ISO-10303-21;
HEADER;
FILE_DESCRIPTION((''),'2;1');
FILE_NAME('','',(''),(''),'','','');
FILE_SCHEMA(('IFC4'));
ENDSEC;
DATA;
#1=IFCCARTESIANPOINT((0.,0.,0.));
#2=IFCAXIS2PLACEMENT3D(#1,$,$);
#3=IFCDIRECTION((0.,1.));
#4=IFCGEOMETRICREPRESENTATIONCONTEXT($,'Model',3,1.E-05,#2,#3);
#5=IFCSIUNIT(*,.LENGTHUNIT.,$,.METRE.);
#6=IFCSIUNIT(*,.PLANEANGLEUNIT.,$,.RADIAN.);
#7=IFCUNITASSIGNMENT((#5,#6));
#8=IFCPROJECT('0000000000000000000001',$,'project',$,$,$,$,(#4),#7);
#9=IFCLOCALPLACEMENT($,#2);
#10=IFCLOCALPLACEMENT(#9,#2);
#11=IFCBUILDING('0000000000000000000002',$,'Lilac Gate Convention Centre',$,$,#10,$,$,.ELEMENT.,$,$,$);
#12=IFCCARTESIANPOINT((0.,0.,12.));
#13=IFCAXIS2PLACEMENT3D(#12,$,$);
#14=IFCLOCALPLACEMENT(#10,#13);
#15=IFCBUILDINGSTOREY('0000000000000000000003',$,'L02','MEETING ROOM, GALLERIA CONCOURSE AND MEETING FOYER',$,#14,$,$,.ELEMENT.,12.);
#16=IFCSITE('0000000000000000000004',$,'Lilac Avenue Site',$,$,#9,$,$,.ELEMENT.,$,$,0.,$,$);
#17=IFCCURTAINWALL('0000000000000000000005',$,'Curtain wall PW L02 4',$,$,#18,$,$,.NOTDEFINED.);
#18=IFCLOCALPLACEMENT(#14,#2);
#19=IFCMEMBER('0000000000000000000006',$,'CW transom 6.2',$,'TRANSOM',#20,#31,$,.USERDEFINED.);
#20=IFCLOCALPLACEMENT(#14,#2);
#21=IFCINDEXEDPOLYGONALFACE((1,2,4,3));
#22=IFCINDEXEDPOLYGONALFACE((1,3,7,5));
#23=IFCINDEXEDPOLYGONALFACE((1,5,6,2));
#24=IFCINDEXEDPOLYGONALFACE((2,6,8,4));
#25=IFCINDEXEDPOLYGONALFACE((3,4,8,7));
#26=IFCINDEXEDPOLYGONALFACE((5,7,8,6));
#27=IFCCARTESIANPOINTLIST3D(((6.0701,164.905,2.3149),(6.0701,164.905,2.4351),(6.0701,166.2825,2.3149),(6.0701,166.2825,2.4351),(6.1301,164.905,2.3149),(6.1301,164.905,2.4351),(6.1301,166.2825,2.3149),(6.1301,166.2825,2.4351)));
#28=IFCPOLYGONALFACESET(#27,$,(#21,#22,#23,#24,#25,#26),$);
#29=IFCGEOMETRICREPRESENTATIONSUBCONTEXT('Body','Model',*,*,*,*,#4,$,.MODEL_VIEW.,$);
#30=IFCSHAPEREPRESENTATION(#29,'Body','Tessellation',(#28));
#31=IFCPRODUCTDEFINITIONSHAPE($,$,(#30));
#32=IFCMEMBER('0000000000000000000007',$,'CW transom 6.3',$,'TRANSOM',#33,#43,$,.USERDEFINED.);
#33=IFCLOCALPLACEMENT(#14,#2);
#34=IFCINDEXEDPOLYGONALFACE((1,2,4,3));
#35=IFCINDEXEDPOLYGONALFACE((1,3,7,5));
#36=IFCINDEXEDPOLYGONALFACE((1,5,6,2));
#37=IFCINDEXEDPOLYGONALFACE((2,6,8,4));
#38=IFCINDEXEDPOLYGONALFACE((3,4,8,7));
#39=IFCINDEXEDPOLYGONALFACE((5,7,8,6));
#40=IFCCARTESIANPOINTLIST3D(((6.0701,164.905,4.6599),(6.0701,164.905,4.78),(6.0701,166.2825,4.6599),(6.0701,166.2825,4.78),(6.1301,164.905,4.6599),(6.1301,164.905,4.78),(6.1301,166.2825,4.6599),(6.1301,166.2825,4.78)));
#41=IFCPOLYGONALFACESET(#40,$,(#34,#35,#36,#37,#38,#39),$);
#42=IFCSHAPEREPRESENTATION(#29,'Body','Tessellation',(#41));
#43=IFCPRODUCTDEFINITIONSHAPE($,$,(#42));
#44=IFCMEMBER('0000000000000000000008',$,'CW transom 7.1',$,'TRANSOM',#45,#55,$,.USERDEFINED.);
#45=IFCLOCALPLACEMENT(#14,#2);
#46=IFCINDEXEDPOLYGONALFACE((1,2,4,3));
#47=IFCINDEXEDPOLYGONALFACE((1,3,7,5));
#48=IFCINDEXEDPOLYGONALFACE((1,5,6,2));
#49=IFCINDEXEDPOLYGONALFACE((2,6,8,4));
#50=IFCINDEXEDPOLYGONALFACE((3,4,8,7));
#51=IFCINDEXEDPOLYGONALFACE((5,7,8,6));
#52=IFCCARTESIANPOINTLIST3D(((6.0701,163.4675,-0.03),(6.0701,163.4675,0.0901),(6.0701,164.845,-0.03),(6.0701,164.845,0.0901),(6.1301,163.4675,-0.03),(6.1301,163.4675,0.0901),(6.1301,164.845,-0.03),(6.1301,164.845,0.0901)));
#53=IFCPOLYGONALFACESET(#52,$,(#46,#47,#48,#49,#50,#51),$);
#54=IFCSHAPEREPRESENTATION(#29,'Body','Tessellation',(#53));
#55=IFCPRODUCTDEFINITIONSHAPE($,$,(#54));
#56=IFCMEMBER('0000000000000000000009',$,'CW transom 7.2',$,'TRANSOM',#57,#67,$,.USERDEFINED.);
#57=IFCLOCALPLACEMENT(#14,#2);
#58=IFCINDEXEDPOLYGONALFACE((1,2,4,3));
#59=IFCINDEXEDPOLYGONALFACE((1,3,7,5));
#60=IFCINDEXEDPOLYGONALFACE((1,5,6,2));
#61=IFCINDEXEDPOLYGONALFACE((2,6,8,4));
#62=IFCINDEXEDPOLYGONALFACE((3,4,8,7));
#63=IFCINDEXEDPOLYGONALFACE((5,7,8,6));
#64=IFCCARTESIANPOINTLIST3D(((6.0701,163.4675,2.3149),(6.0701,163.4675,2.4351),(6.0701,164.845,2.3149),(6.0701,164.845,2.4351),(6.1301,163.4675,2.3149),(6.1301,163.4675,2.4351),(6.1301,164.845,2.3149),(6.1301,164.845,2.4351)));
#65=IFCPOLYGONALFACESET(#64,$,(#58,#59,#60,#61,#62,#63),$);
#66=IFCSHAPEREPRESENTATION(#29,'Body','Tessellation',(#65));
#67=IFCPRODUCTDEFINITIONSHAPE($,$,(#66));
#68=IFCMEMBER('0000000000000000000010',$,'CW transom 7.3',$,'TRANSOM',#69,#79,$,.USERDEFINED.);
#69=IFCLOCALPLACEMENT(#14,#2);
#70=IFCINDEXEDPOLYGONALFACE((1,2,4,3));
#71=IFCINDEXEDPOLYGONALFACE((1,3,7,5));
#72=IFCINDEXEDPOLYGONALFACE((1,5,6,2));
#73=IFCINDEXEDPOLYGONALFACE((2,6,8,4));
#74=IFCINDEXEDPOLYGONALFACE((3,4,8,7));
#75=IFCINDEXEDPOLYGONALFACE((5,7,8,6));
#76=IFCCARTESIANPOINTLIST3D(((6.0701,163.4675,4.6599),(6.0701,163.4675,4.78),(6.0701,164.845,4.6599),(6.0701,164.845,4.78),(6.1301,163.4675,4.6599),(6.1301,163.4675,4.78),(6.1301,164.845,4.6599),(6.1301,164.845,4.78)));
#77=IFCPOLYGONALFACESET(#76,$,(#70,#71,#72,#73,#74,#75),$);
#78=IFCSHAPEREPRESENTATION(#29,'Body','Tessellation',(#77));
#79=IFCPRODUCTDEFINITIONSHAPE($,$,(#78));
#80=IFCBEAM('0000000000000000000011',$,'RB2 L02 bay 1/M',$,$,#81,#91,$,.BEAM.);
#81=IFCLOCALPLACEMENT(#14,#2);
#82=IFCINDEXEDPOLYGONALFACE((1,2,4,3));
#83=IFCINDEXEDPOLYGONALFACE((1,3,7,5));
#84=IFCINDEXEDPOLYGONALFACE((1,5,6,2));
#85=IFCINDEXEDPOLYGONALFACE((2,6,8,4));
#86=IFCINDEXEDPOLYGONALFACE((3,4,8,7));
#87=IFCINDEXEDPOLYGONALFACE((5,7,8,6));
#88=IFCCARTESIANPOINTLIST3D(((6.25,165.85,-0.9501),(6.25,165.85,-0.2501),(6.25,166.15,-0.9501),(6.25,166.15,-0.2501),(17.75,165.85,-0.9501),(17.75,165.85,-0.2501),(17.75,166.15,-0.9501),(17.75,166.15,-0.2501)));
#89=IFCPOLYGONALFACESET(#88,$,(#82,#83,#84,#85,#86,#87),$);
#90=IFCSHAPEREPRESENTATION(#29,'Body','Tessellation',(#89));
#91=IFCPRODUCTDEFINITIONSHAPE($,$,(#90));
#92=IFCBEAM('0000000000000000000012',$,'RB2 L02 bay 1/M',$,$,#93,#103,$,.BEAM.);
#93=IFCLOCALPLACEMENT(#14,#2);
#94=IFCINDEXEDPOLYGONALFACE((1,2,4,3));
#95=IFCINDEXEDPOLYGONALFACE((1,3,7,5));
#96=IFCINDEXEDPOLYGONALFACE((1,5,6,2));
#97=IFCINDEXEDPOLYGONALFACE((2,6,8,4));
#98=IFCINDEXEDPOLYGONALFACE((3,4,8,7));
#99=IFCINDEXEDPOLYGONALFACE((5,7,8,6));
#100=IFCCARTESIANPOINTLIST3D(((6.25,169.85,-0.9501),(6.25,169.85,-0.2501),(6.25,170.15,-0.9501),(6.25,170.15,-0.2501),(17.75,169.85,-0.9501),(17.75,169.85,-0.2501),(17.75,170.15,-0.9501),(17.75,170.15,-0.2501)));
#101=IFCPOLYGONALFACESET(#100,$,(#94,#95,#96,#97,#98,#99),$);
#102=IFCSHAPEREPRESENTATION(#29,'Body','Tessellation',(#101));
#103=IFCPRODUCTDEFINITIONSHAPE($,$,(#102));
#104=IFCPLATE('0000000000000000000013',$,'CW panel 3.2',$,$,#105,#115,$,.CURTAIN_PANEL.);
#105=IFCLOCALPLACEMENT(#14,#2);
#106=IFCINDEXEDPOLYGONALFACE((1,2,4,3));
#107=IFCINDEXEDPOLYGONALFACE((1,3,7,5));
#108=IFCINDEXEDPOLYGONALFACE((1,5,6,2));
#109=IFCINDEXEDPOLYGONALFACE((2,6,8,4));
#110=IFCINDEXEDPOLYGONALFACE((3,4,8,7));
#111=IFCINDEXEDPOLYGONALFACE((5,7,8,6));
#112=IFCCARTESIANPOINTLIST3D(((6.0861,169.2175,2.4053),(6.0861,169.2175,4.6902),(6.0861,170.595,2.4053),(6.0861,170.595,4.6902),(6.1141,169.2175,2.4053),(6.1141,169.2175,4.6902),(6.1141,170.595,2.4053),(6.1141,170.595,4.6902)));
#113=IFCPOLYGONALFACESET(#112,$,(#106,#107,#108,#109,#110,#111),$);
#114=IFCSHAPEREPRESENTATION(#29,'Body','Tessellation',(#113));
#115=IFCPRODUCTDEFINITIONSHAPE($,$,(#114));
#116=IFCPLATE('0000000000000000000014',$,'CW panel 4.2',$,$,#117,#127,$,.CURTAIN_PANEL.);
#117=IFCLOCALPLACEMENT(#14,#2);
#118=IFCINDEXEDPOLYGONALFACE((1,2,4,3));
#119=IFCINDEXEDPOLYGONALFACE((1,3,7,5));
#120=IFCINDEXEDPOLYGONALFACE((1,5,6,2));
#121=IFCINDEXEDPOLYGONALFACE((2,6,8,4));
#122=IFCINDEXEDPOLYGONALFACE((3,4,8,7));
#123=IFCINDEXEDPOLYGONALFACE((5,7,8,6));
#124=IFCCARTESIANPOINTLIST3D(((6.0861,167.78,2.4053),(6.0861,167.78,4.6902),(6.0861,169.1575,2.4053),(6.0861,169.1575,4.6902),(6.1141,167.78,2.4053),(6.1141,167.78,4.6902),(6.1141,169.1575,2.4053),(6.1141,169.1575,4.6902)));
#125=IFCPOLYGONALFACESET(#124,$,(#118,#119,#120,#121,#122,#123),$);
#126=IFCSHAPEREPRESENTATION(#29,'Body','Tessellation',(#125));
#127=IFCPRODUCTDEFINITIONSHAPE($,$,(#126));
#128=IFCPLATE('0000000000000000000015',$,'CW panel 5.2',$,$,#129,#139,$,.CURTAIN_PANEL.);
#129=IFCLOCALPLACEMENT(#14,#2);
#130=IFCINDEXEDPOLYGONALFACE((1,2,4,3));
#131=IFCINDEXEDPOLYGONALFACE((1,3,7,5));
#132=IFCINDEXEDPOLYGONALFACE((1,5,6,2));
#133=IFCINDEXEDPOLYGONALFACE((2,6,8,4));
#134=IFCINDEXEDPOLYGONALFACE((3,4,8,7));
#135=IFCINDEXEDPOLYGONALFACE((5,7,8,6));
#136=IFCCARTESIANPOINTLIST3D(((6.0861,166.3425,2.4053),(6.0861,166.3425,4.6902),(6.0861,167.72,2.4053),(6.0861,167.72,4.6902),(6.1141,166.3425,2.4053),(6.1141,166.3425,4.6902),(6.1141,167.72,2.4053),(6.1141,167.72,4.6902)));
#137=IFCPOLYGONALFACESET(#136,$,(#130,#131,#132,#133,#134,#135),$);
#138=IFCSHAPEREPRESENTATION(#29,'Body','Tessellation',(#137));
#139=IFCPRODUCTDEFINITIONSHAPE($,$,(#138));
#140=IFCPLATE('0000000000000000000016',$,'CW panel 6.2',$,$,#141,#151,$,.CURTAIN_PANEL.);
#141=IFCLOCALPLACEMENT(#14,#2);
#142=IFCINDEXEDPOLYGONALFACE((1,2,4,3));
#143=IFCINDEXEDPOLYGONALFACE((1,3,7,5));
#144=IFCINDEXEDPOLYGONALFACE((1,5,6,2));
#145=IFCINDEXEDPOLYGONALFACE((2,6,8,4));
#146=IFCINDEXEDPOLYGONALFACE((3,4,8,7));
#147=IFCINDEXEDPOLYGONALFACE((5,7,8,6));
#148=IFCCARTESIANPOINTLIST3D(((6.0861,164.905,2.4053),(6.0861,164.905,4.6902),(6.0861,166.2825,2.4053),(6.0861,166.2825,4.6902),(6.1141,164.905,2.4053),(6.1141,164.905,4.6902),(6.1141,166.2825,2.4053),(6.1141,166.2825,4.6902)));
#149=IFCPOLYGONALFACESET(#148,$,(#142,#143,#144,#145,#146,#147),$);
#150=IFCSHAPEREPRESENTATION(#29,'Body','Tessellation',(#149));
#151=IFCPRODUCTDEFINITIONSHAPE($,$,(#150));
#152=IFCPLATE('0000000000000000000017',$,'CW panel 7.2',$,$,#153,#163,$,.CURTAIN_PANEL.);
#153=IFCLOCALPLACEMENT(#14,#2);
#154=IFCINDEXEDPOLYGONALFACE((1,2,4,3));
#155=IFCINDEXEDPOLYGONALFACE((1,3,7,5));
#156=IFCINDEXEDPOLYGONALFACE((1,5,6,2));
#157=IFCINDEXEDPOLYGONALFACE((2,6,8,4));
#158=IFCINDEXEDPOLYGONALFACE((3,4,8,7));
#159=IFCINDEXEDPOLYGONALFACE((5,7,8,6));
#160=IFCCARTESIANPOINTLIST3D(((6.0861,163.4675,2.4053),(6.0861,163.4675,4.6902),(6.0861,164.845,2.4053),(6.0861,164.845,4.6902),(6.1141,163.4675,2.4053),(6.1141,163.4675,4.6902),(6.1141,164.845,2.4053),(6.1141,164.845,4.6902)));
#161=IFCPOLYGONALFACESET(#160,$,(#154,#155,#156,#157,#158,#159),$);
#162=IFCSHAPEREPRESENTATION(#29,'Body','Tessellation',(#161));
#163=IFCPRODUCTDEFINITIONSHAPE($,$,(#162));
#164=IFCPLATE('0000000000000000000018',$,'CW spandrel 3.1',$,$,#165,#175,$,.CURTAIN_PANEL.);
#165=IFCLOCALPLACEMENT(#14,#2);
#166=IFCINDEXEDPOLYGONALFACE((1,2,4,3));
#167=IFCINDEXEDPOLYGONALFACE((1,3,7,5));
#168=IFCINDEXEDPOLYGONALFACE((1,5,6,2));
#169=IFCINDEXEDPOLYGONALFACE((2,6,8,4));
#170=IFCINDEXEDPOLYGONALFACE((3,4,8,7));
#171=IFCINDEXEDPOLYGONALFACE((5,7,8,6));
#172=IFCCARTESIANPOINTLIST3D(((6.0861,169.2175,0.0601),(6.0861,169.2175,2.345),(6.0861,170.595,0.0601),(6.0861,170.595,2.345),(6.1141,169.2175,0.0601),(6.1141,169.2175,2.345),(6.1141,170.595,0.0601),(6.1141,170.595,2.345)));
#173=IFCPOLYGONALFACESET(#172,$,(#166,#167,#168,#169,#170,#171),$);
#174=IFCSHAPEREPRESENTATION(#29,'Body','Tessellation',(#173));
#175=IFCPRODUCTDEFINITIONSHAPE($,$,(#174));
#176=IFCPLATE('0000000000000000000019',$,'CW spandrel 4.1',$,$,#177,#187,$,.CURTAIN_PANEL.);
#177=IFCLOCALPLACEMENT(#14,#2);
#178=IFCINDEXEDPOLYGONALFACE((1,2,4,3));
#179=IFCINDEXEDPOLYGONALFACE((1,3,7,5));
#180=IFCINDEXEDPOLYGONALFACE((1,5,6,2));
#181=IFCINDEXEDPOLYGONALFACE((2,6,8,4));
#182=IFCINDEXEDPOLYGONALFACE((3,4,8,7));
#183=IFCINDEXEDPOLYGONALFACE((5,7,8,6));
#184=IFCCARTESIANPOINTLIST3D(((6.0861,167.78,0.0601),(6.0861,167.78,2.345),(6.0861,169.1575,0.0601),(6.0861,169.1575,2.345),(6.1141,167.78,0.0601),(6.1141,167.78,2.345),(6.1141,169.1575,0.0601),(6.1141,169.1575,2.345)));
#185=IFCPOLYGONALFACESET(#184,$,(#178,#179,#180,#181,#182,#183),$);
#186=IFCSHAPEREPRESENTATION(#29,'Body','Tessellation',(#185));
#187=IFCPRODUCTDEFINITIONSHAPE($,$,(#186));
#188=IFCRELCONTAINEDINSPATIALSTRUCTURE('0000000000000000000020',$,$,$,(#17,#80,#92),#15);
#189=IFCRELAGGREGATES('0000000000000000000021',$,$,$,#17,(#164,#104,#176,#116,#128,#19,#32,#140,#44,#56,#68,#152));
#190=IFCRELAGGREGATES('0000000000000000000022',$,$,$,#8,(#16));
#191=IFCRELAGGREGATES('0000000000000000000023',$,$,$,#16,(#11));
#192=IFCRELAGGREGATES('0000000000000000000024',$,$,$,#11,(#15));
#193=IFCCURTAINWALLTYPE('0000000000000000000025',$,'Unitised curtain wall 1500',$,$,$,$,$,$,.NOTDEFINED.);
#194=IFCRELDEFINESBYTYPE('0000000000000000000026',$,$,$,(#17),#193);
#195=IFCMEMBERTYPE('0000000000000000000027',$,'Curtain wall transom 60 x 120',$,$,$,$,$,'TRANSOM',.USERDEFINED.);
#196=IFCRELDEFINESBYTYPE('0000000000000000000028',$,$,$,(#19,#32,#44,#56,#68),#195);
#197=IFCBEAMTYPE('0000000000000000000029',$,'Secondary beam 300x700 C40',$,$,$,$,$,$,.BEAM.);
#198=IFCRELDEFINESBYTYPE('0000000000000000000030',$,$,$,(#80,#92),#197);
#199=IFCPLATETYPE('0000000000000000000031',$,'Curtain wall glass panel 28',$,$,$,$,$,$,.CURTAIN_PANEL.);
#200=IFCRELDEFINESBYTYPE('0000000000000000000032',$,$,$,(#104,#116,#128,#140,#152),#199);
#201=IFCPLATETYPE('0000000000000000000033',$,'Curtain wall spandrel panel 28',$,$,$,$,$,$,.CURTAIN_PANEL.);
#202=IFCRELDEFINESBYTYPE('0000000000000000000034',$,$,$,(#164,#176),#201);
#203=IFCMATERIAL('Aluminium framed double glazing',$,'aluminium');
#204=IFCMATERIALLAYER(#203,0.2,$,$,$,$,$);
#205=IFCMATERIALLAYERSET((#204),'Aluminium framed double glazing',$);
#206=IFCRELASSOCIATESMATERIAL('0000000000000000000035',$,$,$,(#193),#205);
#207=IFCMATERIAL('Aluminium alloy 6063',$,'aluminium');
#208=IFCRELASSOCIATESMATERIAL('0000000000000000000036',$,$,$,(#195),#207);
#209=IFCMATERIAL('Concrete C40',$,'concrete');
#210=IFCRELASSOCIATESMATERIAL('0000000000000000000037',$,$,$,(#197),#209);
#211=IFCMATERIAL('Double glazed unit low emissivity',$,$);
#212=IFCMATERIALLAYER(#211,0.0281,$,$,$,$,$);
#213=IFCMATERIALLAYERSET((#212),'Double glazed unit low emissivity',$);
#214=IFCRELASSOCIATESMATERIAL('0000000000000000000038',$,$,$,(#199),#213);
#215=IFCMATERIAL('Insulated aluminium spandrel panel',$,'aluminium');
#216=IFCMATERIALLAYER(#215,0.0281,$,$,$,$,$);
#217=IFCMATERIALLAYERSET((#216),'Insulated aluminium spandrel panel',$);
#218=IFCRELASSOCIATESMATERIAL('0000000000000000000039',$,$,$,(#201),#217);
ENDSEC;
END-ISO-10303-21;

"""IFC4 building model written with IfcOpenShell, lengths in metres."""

from ifc_helpers import new_model, si_unit, direction, frame, origin, origin_2d, place, context, subcontext, project, spatial, rectangle, extrude, material, layer, layer_set, material_profile, profile_set, type_object, element, aggregate, save


model = new_model("IFC4")

# Units and contexts
model_context = context("Model", 3, precision=1e-05, world=origin(), true_north=direction((0.0, 1.0)))
body_context = subcontext(model_context, "Body", "Model", "MODEL_VIEW")
ifc_project = project(units=[si_unit("LENGTHUNIT", "METRE"), si_unit("PLANEANGLEUNIT", "RADIAN")], contexts=[model_context])

# Site, building, storey
site_placement = place(None, origin())
site = spatial("IfcSite", under=ifc_project, at=site_placement, Name="Lilac Avenue Site", CompositionType="ELEMENT", RefElevation=0.0)
building_placement = place(site_placement, origin())
building = spatial("IfcBuilding", under=site, at=building_placement, Name="Lilac Gate Convention Centre", CompositionType="ELEMENT")
storey_placement = place(building_placement, frame((0.0, 0.0, 12.0)))
storey = spatial("IfcBuildingStorey", under=building, at=storey_placement, Name="L02", Description="MEETING ROOM, GALLERIA CONCOURSE AND MEETING FOYER", CompositionType="ELEMENT", Elevation=12.0)

# Curtain wall, members
ifc_material_1 = material(Name="Aluminium framed double glazing", Category="aluminium")
ifc_layer_1 = layer(ifc_material_1, 0.2)
ifc_layer_set_1 = layer_set([ifc_layer_1], Name="Aluminium framed double glazing")
curtain_wall_type = type_object("IfcCurtainWallType", Name="Unitised curtain wall 1500", PredefinedType="NOTDEFINED", material=ifc_layer_set_1)
curtain_wall_placement = place(storey_placement, origin())
curtain_wall = element("IfcCurtainWall", 1, at=curtain_wall_placement, inside=storey, type_object=curtain_wall_type, Name="Curtain wall PW L02 4", PredefinedType="NOTDEFINED")
ifc_material_2 = material(Name="Aluminium alloy 6063", Category="aluminium")
ifc_material_profile_1 = material_profile(ifc_material_2, rectangle(XDim=0.0601, YDim=0.1201, at=origin_2d()), Name="Curtain wall transom 60 x 120")
ifc_profile_set_1 = profile_set([ifc_material_profile_1], Name="Aluminium alloy 6063")
member_type_1 = type_object("IfcMemberType", Name="Curtain wall transom 60 x 120", ElementType="TRANSOM", PredefinedType="USERDEFINED", material=ifc_profile_set_1)
member_1_placement = place(storey_placement, frame((6.1001, 166.2825, 2.375), z_axis=(0.0, -1.0, 0.0), x_axis=(1.0, 0.0, 0.0)))
member_1 = element("IfcMember", 2, at=member_1_placement, type_object=member_type_1, Name="CW transom 6.2", ObjectType="TRANSOM", PredefinedType="USERDEFINED", context=body_context, shape_type="SweptSolid", body=[
    extrude(rectangle(XDim=0.0601, YDim=0.1201, at=origin_2d()), origin(), (0.0, 0.0, 1.0), 1.3774),
])
member_2_placement = place(storey_placement, frame((6.1001, 166.2825, 4.72), z_axis=(0.0, -1.0, 0.0), x_axis=(1.0, 0.0, 0.0)))
member_2 = element("IfcMember", 3, at=member_2_placement, type_object=member_type_1, Name="CW transom 6.3", ObjectType="TRANSOM", PredefinedType="USERDEFINED", context=body_context, shape_type="SweptSolid", body=[
    extrude(rectangle(XDim=0.0601, YDim=0.1201, at=origin_2d()), origin(), (0.0, 0.0, 1.0), 1.3774),
])
member_3_placement = place(storey_placement, frame((6.1001, 164.845, 0.03), z_axis=(0.0, -1.0, 0.0), x_axis=(1.0, 0.0, 0.0)))
member_3 = element("IfcMember", 4, at=member_3_placement, type_object=member_type_1, Name="CW transom 7.1", ObjectType="TRANSOM", PredefinedType="USERDEFINED", context=body_context, shape_type="SweptSolid", body=[
    extrude(rectangle(XDim=0.0601, YDim=0.1201, at=origin_2d()), origin(), (0.0, 0.0, 1.0), 1.3774),
])
member_4_placement = place(storey_placement, frame((6.1001, 164.845, 2.375), z_axis=(0.0, -1.0, 0.0), x_axis=(1.0, 0.0, 0.0)))
member_4 = element("IfcMember", 5, at=member_4_placement, type_object=member_type_1, Name="CW transom 7.2", ObjectType="TRANSOM", PredefinedType="USERDEFINED", context=body_context, shape_type="SweptSolid", body=[
    extrude(rectangle(XDim=0.0601, YDim=0.1201, at=origin_2d()), origin(), (0.0, 0.0, 1.0), 1.3774),
])
member_5_placement = place(storey_placement, frame((6.1001, 164.845, 4.72), z_axis=(0.0, -1.0, 0.0), x_axis=(1.0, 0.0, 0.0)))
member_5 = element("IfcMember", 6, at=member_5_placement, type_object=member_type_1, Name="CW transom 7.3", ObjectType="TRANSOM", PredefinedType="USERDEFINED", context=body_context, shape_type="SweptSolid", body=[
    extrude(rectangle(XDim=0.0601, YDim=0.1201, at=origin_2d()), origin(), (0.0, 0.0, 1.0), 1.3774),
])

# Beams
ifc_material_3 = material(Name="Concrete C40", Category="concrete")
ifc_material_profile_2 = material_profile(ifc_material_3, rectangle(XDim=0.3, YDim=0.7, at=origin_2d()), Name="RC 300x700")
ifc_profile_set_2 = profile_set([ifc_material_profile_2], Name="Concrete C40")
beam_type = type_object("IfcBeamType", Name="Secondary beam 300x700 C40", PredefinedType="BEAM", material=ifc_profile_set_2)
for number, where, z_axis, x_axis, name in (
    (7, (6.25, 166.0, -0.6001), (1.0, 0.0, 0.0), (0.0, 1.0, 0.0), "RB2 L02 bay 1/M"),
    (8, (6.25, 170.0, -0.6001), (1.0, 0.0, 0.0), (0.0, 1.0, 0.0), "RB2 L02 bay 1/M"),
):
    element("IfcBeam", number, at=place(storey_placement, frame(where, z_axis=z_axis, x_axis=x_axis)), inside=storey, type_object=beam_type, Name=name, PredefinedType="BEAM", context=body_context, shape_type="SweptSolid", body=[
        extrude(rectangle(XDim=0.3, YDim=0.7, at=origin_2d()), origin(), (0.0, 0.0, 1.0), 11.5),
    ])

# Plates
ifc_material_4 = material(Name="Double glazed unit low emissivity")
ifc_layer_2 = layer(ifc_material_4, 0.0281)
ifc_layer_set_2 = layer_set([ifc_layer_2], Name="Double glazed unit low emissivity")
plate_type_1 = type_object("IfcPlateType", Name="Curtain wall glass panel 28", PredefinedType="CURTAIN_PANEL", material=ifc_layer_set_2)
plate_1_placement = place(storey_placement, frame((6.1001, 169.9062, 2.4053), z_axis=(0.0, 0.0, 1.0), x_axis=(0.0, -1.0, 0.0)))
plate_1 = element("IfcPlate", 9, at=plate_1_placement, type_object=plate_type_1, Name="CW panel 3.2", PredefinedType="CURTAIN_PANEL", context=body_context, shape_type="SweptSolid", body=[
    extrude(rectangle(XDim=1.3774, YDim=0.0281, at=origin_2d()), origin(), (0.0, 0.0, 1.0), 2.2849),
])
plate_2_placement = place(storey_placement, frame((6.1001, 168.4688, 2.4053), z_axis=(0.0, 0.0, 1.0), x_axis=(0.0, -1.0, 0.0)))
plate_2 = element("IfcPlate", 10, at=plate_2_placement, type_object=plate_type_1, Name="CW panel 4.2", PredefinedType="CURTAIN_PANEL", context=body_context, shape_type="SweptSolid", body=[
    extrude(rectangle(XDim=1.3774, YDim=0.0281, at=origin_2d()), origin(), (0.0, 0.0, 1.0), 2.2849),
])
plate_3_placement = place(storey_placement, frame((6.1001, 167.0312, 2.4053), z_axis=(0.0, 0.0, 1.0), x_axis=(0.0, -1.0, 0.0)))
plate_3 = element("IfcPlate", 11, at=plate_3_placement, type_object=plate_type_1, Name="CW panel 5.2", PredefinedType="CURTAIN_PANEL", context=body_context, shape_type="SweptSolid", body=[
    extrude(rectangle(XDim=1.3774, YDim=0.0281, at=origin_2d()), origin(), (0.0, 0.0, 1.0), 2.2849),
])
plate_4_placement = place(storey_placement, frame((6.1001, 165.5938, 2.4053), z_axis=(0.0, 0.0, 1.0), x_axis=(0.0, -1.0, 0.0)))
plate_4 = element("IfcPlate", 12, at=plate_4_placement, type_object=plate_type_1, Name="CW panel 6.2", PredefinedType="CURTAIN_PANEL", context=body_context, shape_type="SweptSolid", body=[
    extrude(rectangle(XDim=1.3774, YDim=0.0281, at=origin_2d()), origin(), (0.0, 0.0, 1.0), 2.2849),
])
plate_5_placement = place(storey_placement, frame((6.1001, 164.1562, 2.4053), z_axis=(0.0, 0.0, 1.0), x_axis=(0.0, -1.0, 0.0)))
plate_5 = element("IfcPlate", 13, at=plate_5_placement, type_object=plate_type_1, Name="CW panel 7.2", PredefinedType="CURTAIN_PANEL", context=body_context, shape_type="SweptSolid", body=[
    extrude(rectangle(XDim=1.3774, YDim=0.0281, at=origin_2d()), origin(), (0.0, 0.0, 1.0), 2.2849),
])
ifc_material_5 = material(Name="Insulated aluminium spandrel panel", Category="aluminium")
ifc_layer_3 = layer(ifc_material_5, 0.0281)
ifc_layer_set_3 = layer_set([ifc_layer_3], Name="Insulated aluminium spandrel panel")
plate_type_2 = type_object("IfcPlateType", Name="Curtain wall spandrel panel 28", PredefinedType="CURTAIN_PANEL", material=ifc_layer_set_3)
plate_6_placement = place(storey_placement, frame((6.1001, 169.9062, 0.0601), z_axis=(0.0, 0.0, 1.0), x_axis=(0.0, -1.0, 0.0)))
plate_6 = element("IfcPlate", 14, at=plate_6_placement, type_object=plate_type_2, Name="CW spandrel 3.1", PredefinedType="CURTAIN_PANEL", context=body_context, shape_type="SweptSolid", body=[
    extrude(rectangle(XDim=1.3774, YDim=0.0281, at=origin_2d()), origin(), (0.0, 0.0, 1.0), 2.2849),
])
plate_7_placement = place(storey_placement, frame((6.1001, 168.4688, 0.0601), z_axis=(0.0, 0.0, 1.0), x_axis=(0.0, -1.0, 0.0)))
plate_7 = element("IfcPlate", 15, at=plate_7_placement, type_object=plate_type_2, Name="CW spandrel 4.1", PredefinedType="CURTAIN_PANEL", context=body_context, shape_type="SweptSolid", body=[
    extrude(rectangle(XDim=1.3774, YDim=0.0281, at=origin_2d()), origin(), (0.0, 0.0, 1.0), 2.2849),
])
aggregate(curtain_wall, [plate_6, plate_1, plate_7, plate_2, plate_3, member_1, member_2, plate_4, member_3, member_4, member_5, plate_5])

save(model, "model.ifc")
